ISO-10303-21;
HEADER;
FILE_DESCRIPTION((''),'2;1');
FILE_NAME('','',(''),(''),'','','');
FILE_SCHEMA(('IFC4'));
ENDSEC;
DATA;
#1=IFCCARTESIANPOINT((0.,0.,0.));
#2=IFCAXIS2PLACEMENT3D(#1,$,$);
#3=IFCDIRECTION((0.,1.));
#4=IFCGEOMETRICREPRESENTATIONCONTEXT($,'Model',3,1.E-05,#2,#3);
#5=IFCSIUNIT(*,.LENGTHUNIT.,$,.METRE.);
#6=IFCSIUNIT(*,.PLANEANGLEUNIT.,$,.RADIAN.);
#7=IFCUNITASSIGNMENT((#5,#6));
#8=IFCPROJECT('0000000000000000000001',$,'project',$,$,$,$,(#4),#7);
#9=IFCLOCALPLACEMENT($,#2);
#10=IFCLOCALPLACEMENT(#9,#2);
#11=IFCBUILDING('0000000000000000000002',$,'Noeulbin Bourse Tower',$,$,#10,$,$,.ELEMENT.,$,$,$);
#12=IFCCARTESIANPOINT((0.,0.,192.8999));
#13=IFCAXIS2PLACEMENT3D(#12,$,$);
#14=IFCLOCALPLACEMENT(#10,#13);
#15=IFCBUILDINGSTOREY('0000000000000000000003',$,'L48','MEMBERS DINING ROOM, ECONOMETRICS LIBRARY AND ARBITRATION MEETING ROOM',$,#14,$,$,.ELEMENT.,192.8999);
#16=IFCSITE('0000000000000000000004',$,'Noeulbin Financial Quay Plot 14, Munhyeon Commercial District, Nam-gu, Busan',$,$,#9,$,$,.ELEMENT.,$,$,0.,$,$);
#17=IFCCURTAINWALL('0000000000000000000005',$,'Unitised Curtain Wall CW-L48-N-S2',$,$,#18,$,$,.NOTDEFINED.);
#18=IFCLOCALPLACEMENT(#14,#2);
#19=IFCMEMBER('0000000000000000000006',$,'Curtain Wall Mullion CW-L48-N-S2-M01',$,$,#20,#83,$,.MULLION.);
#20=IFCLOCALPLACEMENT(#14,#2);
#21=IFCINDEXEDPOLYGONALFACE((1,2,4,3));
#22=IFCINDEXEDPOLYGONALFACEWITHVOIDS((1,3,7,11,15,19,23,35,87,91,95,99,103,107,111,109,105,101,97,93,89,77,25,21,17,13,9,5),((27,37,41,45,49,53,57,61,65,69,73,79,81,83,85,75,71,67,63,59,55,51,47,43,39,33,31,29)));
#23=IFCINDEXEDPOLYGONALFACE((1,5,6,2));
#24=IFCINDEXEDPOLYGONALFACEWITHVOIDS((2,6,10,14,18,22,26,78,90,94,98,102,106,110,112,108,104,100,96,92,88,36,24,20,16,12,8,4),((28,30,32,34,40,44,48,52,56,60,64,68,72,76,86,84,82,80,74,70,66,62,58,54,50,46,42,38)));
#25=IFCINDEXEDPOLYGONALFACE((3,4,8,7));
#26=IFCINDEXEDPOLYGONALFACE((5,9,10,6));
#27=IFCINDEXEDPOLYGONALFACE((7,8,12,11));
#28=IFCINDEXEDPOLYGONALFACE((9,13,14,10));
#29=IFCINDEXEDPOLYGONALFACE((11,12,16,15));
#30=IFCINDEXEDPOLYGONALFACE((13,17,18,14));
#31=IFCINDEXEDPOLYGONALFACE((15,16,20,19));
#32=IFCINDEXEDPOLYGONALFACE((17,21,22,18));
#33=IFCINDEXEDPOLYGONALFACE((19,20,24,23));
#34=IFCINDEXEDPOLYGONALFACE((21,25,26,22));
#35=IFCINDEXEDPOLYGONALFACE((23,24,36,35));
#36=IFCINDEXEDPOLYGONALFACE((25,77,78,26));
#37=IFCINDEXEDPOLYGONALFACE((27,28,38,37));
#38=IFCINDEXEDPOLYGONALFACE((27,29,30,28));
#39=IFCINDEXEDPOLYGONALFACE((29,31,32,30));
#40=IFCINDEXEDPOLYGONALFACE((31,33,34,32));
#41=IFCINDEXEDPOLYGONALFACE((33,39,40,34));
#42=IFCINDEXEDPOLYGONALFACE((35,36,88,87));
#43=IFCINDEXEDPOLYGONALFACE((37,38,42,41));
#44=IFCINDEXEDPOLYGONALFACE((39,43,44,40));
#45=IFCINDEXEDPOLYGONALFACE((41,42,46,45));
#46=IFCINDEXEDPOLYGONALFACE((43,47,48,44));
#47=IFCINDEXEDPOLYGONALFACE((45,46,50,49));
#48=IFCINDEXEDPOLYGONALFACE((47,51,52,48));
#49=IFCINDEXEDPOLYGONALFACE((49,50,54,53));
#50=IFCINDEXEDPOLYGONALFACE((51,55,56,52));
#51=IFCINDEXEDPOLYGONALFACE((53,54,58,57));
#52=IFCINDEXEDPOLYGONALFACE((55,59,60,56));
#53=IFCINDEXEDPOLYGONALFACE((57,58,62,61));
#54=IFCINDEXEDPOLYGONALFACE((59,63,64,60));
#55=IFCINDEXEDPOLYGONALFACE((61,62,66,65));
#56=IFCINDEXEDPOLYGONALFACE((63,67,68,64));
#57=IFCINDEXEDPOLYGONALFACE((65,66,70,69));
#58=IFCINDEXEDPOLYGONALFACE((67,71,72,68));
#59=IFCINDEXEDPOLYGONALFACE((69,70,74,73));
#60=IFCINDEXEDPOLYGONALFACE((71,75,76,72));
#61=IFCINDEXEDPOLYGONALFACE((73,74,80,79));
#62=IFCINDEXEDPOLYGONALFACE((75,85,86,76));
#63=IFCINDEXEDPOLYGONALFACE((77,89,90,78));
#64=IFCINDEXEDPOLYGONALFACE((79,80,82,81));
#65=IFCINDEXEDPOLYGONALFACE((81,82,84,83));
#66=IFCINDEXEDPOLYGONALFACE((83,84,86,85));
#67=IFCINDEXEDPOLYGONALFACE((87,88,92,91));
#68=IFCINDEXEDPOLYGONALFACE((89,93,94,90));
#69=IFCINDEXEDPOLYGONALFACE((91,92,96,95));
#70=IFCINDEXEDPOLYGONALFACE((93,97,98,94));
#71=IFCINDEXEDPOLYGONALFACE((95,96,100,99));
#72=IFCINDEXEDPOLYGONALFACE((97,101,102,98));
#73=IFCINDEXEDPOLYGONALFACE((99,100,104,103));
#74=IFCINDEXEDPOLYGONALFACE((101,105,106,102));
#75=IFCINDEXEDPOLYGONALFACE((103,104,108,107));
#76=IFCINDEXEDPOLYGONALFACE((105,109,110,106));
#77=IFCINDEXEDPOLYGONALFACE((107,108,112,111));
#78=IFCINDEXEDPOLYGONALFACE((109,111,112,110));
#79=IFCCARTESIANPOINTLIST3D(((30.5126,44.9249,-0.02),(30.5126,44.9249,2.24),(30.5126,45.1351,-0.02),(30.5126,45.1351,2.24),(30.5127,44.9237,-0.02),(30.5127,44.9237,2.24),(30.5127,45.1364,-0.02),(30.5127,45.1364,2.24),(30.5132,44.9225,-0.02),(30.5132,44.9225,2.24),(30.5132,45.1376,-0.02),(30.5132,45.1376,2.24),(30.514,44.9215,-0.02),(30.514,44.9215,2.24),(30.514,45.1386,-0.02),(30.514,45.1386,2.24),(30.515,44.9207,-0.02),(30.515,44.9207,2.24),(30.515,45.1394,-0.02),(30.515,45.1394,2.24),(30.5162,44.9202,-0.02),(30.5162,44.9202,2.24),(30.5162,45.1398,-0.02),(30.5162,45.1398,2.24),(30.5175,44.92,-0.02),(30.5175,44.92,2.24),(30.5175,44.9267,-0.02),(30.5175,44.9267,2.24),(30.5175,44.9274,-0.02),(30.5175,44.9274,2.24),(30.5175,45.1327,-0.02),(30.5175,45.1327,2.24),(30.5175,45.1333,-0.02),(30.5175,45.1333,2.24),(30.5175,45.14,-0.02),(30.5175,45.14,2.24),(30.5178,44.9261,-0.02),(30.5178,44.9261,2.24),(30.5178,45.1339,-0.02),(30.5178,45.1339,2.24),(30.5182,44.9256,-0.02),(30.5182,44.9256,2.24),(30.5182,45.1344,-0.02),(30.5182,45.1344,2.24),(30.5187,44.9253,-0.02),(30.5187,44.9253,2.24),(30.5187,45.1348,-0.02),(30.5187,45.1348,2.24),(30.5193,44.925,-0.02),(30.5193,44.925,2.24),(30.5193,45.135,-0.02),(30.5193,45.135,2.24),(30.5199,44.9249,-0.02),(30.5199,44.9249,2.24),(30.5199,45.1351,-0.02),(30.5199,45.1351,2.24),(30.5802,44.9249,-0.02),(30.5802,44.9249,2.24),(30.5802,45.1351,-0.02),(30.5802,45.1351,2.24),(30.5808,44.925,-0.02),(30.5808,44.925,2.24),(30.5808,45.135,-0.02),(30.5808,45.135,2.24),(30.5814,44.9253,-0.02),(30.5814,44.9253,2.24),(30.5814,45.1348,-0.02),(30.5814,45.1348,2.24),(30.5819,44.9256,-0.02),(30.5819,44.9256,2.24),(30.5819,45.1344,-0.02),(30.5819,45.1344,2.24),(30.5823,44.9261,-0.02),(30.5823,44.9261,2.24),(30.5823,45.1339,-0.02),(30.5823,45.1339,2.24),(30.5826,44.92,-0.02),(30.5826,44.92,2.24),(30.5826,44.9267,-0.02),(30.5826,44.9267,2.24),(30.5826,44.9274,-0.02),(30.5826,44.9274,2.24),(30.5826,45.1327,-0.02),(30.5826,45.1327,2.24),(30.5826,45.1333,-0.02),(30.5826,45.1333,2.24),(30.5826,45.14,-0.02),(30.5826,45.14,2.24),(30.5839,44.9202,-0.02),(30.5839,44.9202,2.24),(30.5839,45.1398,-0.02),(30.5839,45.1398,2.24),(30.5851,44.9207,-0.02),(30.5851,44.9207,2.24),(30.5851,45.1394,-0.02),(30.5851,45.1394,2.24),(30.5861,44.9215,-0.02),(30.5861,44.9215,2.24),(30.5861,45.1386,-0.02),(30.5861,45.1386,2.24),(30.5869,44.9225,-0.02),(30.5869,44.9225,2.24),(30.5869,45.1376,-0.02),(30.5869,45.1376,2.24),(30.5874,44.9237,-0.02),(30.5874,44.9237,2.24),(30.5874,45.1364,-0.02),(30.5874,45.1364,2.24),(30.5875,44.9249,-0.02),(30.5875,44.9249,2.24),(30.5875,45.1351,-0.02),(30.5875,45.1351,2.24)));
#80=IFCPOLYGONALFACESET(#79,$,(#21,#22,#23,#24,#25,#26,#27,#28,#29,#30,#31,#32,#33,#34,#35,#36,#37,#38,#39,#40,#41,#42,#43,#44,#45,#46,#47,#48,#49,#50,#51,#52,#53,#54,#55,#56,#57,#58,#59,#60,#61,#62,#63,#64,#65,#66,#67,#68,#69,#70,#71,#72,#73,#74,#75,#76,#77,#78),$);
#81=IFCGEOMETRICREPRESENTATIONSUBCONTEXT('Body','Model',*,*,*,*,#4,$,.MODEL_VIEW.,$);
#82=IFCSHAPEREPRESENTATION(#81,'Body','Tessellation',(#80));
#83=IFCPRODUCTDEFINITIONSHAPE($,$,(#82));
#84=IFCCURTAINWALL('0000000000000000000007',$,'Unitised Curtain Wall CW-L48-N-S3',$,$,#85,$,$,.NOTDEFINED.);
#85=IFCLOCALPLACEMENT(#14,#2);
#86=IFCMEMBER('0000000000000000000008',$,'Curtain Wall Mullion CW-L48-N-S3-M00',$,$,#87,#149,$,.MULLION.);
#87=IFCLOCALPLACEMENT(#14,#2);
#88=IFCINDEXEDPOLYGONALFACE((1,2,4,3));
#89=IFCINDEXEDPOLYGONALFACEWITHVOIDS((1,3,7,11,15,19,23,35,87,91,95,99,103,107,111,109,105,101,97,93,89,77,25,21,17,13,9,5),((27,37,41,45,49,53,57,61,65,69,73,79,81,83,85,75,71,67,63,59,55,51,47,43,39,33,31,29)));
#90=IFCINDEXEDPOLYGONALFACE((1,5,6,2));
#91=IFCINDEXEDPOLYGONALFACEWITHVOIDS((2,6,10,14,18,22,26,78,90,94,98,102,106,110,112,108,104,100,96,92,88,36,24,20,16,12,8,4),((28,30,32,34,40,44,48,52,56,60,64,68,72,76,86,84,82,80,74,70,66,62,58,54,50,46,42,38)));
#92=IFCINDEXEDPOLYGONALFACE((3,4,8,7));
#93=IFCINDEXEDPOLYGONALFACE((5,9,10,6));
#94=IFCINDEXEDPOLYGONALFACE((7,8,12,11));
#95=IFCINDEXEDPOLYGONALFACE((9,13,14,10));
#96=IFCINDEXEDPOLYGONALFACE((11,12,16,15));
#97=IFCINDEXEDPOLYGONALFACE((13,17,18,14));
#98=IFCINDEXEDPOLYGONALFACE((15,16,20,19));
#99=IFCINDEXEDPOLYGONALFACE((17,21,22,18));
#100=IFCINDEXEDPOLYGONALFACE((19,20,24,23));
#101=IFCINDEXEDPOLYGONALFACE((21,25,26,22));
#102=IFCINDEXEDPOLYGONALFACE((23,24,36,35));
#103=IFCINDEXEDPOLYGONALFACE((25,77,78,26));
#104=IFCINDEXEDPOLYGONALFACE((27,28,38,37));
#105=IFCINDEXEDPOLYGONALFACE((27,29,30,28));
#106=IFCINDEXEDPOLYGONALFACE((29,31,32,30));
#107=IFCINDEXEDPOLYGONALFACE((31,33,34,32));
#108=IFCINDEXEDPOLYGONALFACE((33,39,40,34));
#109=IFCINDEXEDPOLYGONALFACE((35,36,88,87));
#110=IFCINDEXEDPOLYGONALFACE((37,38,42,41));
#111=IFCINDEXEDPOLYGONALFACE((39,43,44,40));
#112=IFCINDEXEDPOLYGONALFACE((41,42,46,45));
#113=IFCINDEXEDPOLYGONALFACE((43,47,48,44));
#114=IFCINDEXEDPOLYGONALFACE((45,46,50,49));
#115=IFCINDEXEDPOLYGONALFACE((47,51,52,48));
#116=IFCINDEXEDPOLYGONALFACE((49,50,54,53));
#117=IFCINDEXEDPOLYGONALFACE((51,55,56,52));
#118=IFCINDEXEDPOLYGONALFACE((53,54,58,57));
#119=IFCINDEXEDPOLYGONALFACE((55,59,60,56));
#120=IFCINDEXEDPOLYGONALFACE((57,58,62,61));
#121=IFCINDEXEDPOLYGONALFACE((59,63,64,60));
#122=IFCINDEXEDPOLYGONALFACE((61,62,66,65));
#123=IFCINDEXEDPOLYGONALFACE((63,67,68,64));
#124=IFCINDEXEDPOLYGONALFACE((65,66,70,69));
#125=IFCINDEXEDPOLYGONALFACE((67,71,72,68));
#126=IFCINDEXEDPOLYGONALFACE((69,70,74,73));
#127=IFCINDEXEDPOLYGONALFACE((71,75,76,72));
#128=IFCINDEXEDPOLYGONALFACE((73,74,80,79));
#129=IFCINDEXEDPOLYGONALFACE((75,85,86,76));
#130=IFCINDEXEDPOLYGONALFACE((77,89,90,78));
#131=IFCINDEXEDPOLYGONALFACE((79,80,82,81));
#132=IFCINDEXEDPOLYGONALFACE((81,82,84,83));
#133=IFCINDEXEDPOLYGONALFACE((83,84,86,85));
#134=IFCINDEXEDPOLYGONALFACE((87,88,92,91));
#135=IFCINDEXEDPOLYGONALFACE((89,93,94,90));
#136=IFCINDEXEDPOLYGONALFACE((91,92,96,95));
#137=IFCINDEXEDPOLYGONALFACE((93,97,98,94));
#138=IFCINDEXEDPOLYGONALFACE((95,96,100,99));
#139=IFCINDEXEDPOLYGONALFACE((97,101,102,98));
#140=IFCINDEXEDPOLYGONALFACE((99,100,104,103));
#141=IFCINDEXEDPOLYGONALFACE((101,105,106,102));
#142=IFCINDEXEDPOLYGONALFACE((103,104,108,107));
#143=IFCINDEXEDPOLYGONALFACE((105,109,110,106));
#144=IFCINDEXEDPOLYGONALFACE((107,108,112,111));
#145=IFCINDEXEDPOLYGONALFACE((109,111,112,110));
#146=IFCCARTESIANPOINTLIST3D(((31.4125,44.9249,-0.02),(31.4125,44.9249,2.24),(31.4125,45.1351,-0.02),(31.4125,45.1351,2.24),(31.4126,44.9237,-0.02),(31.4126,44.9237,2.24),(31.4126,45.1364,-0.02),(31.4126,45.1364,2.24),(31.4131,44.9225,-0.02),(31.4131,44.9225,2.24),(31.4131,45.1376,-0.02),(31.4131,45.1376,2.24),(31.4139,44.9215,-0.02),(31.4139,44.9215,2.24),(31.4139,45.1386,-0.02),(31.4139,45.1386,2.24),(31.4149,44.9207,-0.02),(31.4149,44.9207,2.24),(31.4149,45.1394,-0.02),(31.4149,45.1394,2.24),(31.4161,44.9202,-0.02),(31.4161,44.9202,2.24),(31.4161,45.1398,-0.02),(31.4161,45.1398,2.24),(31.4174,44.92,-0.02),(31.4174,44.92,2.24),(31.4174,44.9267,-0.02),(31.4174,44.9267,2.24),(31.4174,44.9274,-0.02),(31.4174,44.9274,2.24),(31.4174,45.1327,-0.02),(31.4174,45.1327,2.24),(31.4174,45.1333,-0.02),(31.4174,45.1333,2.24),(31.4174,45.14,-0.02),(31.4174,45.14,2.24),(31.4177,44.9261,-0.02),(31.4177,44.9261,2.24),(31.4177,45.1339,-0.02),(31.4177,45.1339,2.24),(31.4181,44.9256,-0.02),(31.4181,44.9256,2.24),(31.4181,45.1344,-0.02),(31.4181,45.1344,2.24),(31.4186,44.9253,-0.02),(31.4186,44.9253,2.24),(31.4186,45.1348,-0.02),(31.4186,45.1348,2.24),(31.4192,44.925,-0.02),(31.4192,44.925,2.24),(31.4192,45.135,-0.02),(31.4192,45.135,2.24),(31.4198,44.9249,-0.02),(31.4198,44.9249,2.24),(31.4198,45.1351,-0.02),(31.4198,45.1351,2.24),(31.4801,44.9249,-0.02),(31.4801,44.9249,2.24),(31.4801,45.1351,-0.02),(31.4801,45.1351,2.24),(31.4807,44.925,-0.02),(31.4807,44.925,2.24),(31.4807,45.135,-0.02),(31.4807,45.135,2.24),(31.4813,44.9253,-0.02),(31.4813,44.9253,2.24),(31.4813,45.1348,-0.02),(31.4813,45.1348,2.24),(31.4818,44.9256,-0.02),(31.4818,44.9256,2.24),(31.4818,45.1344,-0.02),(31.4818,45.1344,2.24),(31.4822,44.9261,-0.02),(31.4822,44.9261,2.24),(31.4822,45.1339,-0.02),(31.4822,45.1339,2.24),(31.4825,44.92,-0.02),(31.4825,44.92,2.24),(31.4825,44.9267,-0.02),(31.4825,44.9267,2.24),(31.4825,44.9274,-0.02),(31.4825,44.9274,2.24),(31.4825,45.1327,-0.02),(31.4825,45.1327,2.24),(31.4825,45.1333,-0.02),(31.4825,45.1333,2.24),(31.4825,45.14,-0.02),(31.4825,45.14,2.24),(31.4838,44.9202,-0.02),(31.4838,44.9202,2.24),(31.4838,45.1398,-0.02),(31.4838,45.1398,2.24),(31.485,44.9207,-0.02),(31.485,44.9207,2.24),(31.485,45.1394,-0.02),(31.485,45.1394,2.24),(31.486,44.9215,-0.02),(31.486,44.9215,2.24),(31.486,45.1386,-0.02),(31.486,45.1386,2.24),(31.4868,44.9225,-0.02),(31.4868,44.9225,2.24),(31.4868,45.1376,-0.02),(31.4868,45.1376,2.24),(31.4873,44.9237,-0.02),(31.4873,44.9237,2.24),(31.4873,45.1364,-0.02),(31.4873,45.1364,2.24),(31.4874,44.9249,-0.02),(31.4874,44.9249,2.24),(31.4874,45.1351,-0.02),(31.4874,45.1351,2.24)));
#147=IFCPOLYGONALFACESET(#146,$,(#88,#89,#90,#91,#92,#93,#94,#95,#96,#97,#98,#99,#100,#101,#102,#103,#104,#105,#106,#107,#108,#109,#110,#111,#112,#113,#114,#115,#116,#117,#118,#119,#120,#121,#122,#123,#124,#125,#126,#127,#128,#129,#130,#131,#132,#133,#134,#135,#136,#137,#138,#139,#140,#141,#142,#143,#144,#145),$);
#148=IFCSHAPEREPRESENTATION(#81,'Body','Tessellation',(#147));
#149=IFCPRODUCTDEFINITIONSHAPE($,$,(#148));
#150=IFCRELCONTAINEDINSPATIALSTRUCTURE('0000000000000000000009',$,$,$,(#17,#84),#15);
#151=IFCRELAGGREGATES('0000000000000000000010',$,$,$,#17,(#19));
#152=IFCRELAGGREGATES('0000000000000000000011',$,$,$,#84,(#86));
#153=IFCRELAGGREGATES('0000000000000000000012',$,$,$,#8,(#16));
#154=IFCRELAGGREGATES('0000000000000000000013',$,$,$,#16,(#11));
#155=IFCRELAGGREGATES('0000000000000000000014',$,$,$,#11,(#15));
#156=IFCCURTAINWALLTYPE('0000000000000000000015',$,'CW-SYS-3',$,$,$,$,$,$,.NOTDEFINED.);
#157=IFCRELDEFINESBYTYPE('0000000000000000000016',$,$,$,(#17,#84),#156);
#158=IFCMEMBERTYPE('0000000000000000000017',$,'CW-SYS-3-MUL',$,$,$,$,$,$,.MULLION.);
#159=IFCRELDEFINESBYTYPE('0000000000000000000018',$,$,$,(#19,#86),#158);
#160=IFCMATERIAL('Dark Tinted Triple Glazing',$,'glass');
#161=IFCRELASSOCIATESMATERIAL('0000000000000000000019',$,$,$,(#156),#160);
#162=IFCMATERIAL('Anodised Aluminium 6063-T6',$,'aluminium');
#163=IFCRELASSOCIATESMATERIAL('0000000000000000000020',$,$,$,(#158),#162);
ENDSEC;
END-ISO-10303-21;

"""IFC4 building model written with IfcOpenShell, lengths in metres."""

from ifc_helpers import new_model, si_unit, direction, frame, origin, origin_2d, place, context, subcontext, project, spatial, hollow_rectangle, extrude, material, material_profile, profile_set, type_object, element, aggregate, save


model = new_model("IFC4")

# Units and contexts
model_context = context("Model", 3, precision=1e-05, world=origin(), true_north=direction((0.0, 1.0)))
body_context = subcontext(model_context, "Body", "Model", "MODEL_VIEW")
ifc_project = project(units=[si_unit("LENGTHUNIT", "METRE"), si_unit("PLANEANGLEUNIT", "RADIAN")], contexts=[model_context])

# Site, building, storey
site_placement = place(None, origin())
site = spatial("IfcSite", under=ifc_project, at=site_placement, Name="Noeulbin Financial Quay Plot 14, Munhyeon Commercial District, Nam-gu, Busan", CompositionType="ELEMENT", RefElevation=0.0)
building_placement = place(site_placement, origin())
building = spatial("IfcBuilding", under=site, at=building_placement, Name="Noeulbin Bourse Tower", CompositionType="ELEMENT")
storey_placement = place(building_placement, frame((0.0, 0.0, 192.8999)))
storey = spatial("IfcBuildingStorey", under=building, at=storey_placement, Name="L48", Description="MEMBERS DINING ROOM, ECONOMETRICS LIBRARY AND ARBITRATION MEETING ROOM", CompositionType="ELEMENT", Elevation=192.8999)

# Curtain wall, member
ifc_material_1 = material(Name="Dark Tinted Triple Glazing", Category="glass")
curtain_wall_type = type_object("IfcCurtainWallType", Name="CW-SYS-3", PredefinedType="NOTDEFINED", material=ifc_material_1)
curtain_wall_1_placement = place(storey_placement, origin())
curtain_wall_1 = element("IfcCurtainWall", 1, at=curtain_wall_1_placement, inside=storey, type_object=curtain_wall_type, Name="Unitised Curtain Wall CW-L48-N-S2", PredefinedType="NOTDEFINED")
ifc_material_2 = material(Name="Anodised Aluminium 6063-T6", Category="aluminium")
ifc_material_profile_1 = material_profile(ifc_material_2, hollow_rectangle(XDim=0.075, YDim=0.22, WallThickness=0.0049, InnerFilletRadius=0.0024, OuterFilletRadius=0.0049, at=origin_2d()), Name="ALU-MULL-75x220x5", Category="LoadBearing")
ifc_profile_set_1 = profile_set([ifc_material_profile_1], Name="Anodised Aluminium 6063-T6")
member_type_1 = type_object("IfcMemberType", Name="CW-SYS-3-MUL", PredefinedType="MULLION", material=ifc_profile_set_1)
member_1_placement = place(storey_placement, frame((30.55, 45.03, -0.02), z_axis=(0.0, 0.0, 1.0), x_axis=(1.0, 0.0, 0.0)))
member_1 = element("IfcMember", 2, at=member_1_placement, type_object=member_type_1, Name="Curtain Wall Mullion CW-L48-N-S2-M01", PredefinedType="MULLION", context=body_context, shape_type="SweptSolid", body=[
    extrude(hollow_rectangle(XDim=0.075, YDim=0.22, WallThickness=0.0049, InnerFilletRadius=0.0024, OuterFilletRadius=0.0049, at=origin_2d()), origin(), (0.0, 0.0, 1.0), 2.26),
])
aggregate(curtain_wall_1, [member_1])

# Curtain wall, member
curtain_wall_2_placement = place(storey_placement, origin())
curtain_wall_2 = element("IfcCurtainWall", 3, at=curtain_wall_2_placement, inside=storey, type_object=curtain_wall_type, Name="Unitised Curtain Wall CW-L48-N-S3", PredefinedType="NOTDEFINED")
member_2_placement = place(storey_placement, frame((31.45, 45.03, -0.02), z_axis=(0.0, 0.0, 1.0), x_axis=(1.0, 0.0, 0.0)))
member_2 = element("IfcMember", 4, at=member_2_placement, type_object=member_type_1, Name="Curtain Wall Mullion CW-L48-N-S3-M00", PredefinedType="MULLION", context=body_context, shape_type="SweptSolid", body=[
    extrude(hollow_rectangle(XDim=0.075, YDim=0.22, WallThickness=0.0049, InnerFilletRadius=0.0024, OuterFilletRadius=0.0049, at=origin_2d()), origin(), (0.0, 0.0, 1.0), 2.26),
])

aggregate(curtain_wall_2, [member_2])

save(model, "model.ifc")
